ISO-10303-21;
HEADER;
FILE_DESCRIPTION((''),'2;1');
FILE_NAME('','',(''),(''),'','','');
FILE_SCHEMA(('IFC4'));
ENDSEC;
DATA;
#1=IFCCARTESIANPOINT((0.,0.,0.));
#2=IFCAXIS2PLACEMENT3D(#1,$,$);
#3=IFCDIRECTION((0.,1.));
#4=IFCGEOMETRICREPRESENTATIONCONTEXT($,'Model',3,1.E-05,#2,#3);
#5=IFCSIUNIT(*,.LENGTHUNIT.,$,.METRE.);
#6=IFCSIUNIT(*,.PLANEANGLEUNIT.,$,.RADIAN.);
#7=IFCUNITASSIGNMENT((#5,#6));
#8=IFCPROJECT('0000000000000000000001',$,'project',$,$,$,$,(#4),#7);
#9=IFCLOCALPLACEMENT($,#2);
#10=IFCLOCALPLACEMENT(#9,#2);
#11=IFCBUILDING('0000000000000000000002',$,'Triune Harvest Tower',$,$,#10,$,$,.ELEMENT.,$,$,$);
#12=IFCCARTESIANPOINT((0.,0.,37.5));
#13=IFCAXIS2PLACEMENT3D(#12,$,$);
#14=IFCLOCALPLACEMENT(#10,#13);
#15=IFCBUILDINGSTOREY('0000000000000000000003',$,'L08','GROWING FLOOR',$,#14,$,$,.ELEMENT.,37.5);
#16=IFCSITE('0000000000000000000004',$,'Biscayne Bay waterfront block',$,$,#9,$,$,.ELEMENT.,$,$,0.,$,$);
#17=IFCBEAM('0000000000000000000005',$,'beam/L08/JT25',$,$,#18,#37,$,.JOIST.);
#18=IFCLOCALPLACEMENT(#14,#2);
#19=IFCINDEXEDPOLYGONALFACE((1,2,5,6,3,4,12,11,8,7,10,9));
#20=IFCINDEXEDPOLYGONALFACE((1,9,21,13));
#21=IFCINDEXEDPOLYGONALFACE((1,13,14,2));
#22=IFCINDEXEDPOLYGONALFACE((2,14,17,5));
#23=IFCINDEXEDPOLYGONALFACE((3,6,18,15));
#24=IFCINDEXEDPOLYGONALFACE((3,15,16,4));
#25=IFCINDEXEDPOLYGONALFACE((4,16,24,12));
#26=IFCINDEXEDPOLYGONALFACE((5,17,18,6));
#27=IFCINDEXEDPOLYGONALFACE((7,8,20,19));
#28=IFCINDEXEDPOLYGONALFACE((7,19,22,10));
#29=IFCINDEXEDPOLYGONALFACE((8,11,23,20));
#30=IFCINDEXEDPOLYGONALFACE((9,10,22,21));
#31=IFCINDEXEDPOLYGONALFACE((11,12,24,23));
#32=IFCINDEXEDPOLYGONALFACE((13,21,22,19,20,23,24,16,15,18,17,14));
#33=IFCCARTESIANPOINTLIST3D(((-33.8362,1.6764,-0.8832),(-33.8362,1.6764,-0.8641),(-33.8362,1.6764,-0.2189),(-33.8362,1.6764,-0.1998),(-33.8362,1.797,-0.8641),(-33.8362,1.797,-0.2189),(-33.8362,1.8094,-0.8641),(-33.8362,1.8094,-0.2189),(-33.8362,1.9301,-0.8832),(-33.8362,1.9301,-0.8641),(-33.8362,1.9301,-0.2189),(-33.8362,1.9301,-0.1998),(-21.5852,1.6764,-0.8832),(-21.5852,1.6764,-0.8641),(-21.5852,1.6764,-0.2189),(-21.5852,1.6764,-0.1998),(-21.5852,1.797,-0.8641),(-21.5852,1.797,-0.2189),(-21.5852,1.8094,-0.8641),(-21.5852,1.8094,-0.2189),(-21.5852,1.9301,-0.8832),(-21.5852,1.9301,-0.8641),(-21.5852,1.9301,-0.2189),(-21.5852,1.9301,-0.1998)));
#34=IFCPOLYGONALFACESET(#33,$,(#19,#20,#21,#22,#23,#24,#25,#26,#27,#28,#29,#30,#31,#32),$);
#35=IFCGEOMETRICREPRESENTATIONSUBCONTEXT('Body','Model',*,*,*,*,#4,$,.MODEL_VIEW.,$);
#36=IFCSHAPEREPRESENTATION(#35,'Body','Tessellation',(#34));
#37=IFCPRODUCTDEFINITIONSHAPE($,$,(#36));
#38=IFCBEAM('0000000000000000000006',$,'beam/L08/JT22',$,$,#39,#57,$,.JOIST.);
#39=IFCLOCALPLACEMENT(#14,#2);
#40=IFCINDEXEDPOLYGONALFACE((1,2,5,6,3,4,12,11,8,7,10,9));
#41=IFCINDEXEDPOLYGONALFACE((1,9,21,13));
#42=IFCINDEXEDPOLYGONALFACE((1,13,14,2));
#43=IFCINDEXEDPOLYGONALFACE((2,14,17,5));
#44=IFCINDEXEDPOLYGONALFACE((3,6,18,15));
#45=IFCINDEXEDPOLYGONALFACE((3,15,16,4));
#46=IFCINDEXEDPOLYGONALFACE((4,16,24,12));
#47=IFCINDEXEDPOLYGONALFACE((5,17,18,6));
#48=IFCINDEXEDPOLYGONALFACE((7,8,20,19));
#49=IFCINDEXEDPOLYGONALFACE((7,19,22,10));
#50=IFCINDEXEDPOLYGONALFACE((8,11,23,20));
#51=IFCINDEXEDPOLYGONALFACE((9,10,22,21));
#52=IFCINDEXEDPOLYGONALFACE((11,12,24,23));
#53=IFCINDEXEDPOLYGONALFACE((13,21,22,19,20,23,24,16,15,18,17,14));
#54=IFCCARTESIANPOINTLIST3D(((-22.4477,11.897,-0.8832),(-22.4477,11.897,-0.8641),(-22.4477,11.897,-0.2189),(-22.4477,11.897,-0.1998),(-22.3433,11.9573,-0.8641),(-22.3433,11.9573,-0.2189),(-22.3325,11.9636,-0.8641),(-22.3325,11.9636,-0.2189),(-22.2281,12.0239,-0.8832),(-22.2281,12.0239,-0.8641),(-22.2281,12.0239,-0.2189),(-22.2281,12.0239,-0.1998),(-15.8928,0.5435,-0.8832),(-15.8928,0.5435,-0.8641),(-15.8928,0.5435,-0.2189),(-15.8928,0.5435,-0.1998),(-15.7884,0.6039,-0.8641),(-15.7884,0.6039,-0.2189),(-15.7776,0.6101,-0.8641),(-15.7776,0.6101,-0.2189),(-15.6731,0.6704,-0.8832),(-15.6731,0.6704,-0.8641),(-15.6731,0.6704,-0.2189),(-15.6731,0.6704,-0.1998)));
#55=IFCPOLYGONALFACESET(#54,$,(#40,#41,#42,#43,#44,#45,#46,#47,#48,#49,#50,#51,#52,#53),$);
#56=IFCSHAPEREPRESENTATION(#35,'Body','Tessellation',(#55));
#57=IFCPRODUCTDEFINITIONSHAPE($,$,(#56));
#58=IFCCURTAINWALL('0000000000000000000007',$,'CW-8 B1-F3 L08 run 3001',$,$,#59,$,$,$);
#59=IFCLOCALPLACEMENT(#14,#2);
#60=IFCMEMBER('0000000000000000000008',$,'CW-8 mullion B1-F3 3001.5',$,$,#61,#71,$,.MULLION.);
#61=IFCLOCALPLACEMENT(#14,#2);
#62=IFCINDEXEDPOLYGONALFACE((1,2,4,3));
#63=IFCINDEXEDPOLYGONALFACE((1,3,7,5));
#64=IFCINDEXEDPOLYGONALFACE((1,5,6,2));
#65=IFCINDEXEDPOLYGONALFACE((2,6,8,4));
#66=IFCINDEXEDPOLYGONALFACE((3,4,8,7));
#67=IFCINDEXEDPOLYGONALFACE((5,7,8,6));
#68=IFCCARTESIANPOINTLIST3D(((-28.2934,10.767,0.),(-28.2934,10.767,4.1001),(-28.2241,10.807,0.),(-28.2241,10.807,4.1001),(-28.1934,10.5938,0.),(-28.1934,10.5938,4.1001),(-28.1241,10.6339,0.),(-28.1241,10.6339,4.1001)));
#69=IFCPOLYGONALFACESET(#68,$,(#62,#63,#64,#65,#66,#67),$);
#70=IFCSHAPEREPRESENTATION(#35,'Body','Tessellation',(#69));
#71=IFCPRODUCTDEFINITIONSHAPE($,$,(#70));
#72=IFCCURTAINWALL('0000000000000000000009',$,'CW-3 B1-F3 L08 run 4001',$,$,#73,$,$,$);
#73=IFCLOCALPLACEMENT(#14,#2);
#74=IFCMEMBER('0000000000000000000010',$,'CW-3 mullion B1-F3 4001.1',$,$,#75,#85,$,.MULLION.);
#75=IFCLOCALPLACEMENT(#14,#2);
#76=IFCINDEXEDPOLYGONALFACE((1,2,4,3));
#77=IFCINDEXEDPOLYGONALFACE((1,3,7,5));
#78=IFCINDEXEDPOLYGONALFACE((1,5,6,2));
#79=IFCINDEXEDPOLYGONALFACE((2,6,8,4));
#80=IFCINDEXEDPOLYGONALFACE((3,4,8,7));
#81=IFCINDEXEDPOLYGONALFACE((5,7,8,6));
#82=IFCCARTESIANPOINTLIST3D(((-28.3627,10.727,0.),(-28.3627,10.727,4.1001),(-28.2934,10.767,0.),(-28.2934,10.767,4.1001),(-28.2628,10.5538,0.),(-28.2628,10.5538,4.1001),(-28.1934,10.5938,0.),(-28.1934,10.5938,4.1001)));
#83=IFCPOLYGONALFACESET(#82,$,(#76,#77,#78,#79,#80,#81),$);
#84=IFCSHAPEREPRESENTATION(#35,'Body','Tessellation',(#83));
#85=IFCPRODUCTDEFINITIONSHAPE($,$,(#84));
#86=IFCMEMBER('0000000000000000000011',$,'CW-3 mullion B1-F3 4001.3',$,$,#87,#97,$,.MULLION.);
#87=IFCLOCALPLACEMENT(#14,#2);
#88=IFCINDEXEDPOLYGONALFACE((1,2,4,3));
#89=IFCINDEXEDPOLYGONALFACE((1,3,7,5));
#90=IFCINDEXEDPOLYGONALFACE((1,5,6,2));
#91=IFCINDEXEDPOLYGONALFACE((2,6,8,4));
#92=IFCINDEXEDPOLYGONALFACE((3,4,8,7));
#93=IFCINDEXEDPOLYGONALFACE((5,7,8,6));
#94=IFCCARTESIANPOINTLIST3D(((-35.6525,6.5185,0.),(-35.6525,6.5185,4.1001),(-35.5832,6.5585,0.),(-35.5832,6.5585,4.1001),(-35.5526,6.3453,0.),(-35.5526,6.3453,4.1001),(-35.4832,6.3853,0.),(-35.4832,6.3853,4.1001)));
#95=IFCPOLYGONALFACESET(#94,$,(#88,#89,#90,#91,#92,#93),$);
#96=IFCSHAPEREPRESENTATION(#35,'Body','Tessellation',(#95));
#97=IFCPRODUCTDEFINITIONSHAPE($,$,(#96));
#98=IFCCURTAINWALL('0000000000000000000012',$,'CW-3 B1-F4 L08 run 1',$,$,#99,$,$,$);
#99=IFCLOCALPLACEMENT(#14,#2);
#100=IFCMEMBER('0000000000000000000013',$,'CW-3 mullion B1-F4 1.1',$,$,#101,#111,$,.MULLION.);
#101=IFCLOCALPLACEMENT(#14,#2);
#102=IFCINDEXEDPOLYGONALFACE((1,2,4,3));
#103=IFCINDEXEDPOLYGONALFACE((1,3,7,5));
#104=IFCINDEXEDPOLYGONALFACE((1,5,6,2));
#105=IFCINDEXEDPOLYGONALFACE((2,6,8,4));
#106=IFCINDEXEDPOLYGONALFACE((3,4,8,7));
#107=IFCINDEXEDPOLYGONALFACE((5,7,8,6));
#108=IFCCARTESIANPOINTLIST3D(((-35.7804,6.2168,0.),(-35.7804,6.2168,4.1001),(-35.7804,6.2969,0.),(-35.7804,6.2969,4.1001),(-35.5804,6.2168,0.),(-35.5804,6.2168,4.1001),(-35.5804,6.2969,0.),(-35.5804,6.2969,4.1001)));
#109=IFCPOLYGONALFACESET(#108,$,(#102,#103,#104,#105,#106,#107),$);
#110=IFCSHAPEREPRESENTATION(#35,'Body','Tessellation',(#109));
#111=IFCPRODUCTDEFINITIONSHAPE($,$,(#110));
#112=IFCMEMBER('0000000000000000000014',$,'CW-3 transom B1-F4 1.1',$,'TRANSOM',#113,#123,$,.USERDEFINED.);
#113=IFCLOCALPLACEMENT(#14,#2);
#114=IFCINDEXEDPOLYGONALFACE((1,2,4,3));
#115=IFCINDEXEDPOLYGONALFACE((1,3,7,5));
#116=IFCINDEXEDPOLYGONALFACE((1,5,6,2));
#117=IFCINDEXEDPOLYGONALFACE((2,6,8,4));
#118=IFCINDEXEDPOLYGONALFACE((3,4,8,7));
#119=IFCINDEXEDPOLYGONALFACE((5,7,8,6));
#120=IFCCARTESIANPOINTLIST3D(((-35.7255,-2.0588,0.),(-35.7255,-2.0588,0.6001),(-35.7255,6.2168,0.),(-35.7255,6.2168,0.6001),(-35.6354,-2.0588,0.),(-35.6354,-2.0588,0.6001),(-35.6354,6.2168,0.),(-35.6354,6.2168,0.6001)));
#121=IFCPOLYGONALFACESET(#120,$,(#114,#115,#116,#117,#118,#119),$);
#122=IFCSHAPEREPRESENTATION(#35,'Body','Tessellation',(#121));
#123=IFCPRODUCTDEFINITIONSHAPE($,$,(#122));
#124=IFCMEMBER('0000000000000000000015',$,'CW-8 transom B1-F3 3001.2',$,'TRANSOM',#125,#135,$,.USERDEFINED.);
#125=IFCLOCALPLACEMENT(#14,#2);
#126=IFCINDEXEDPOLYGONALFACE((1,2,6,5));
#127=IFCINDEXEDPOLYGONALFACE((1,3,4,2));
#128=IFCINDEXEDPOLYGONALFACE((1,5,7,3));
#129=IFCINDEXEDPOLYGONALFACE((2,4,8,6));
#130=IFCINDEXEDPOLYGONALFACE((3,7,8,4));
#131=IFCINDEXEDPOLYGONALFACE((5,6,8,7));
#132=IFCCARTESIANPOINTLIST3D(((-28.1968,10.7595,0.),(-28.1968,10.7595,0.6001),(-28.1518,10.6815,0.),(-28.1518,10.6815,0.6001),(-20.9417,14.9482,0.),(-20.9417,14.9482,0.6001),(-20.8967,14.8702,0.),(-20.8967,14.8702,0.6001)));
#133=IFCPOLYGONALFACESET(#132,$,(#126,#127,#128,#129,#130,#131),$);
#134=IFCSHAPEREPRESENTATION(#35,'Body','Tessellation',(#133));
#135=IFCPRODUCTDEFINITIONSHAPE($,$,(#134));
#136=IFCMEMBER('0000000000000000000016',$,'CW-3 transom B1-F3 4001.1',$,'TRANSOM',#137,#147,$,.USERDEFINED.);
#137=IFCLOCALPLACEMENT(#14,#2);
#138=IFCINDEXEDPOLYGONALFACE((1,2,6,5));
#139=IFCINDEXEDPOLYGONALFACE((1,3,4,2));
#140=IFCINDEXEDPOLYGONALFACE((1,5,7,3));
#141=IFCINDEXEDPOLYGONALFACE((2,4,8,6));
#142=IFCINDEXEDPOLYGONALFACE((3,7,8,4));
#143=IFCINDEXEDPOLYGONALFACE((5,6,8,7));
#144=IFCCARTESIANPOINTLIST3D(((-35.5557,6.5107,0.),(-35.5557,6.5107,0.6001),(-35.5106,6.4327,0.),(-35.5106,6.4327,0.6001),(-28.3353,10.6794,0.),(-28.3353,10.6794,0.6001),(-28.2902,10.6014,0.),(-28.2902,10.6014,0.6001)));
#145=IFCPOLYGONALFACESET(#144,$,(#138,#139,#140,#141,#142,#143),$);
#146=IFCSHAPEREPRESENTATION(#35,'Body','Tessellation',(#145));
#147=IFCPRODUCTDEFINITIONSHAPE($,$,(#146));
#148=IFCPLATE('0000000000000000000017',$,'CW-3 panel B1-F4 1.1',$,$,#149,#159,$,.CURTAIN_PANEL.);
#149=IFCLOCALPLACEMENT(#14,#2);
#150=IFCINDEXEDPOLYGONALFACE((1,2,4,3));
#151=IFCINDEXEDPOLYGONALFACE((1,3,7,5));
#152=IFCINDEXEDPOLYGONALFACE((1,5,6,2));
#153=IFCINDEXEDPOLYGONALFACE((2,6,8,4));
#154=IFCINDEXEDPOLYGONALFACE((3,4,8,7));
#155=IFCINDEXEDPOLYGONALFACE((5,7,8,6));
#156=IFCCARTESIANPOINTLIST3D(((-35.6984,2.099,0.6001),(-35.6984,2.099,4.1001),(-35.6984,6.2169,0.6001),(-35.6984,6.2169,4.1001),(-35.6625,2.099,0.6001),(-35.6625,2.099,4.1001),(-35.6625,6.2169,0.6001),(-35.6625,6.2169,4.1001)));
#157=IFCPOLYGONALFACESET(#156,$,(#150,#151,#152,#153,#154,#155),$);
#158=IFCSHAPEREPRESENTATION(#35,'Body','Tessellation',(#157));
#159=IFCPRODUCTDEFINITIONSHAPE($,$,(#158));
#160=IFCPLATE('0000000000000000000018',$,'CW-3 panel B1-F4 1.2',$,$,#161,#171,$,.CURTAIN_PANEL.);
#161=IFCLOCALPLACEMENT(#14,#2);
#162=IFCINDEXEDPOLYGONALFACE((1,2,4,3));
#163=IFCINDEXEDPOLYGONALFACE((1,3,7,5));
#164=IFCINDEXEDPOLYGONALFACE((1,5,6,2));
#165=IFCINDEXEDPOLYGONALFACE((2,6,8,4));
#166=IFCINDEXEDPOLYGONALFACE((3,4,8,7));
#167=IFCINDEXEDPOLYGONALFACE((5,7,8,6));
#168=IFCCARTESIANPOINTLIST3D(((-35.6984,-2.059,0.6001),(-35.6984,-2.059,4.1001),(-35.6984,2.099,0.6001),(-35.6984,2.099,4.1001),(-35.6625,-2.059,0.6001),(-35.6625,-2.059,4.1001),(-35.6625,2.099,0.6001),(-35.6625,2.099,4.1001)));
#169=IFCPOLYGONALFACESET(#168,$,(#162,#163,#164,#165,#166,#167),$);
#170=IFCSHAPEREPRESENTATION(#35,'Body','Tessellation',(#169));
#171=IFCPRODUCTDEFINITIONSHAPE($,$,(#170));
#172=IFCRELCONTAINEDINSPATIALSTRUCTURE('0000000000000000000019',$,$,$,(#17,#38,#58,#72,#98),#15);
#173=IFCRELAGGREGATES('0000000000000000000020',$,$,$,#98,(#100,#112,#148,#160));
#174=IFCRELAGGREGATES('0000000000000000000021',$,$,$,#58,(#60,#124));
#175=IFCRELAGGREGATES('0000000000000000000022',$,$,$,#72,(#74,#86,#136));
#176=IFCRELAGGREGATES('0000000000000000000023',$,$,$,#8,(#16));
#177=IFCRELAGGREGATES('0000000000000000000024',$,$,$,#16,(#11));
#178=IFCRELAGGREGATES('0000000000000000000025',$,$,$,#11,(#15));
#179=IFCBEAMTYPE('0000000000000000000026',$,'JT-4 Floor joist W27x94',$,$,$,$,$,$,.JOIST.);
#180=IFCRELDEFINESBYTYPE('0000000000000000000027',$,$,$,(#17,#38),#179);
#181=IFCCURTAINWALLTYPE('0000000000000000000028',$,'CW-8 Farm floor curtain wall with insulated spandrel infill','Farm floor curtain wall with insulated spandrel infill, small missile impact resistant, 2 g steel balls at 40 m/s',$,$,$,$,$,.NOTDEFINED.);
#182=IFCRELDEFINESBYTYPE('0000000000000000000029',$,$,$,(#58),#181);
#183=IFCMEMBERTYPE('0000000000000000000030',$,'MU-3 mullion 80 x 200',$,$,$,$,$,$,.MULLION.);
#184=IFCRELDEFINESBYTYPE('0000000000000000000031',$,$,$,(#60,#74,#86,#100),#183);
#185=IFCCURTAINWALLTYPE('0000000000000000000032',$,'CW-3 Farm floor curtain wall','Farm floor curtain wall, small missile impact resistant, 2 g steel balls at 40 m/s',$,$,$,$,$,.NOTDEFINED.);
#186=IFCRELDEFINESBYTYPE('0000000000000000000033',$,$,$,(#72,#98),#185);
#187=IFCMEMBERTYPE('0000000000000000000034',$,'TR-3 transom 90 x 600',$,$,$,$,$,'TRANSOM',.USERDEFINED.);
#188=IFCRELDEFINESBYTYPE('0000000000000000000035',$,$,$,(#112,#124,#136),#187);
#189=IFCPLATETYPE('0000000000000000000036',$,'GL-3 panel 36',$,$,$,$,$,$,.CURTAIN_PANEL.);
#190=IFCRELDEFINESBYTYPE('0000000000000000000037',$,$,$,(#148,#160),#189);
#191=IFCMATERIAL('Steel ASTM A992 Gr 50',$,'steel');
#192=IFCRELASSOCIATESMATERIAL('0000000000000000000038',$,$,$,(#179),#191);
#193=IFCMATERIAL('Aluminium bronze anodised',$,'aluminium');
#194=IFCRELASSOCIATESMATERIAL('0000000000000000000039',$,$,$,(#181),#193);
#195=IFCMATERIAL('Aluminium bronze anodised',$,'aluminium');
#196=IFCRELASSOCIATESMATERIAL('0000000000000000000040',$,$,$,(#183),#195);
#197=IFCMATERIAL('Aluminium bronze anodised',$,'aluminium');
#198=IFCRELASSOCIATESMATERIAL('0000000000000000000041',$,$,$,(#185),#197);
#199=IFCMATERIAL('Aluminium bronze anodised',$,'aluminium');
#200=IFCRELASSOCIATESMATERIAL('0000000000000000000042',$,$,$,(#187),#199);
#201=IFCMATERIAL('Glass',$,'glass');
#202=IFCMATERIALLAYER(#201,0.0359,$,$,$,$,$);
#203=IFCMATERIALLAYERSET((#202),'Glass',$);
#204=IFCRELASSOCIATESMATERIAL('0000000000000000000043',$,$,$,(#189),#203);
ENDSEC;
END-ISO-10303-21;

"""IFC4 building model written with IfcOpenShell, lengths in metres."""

from ifc_helpers import new_model, si_unit, direction, frame, origin, origin_2d, place, context, subcontext, project, spatial, rectangle, i_section, extrude, source, transform, mapped, material, layer, layer_set, material_profile, profile_set, type_object, element, aggregate, save


model = new_model("IFC4")

# Units and contexts
model_context = context("Model", 3, precision=1e-05, world=origin(), true_north=direction((0.0, 1.0)))
body_context = subcontext(model_context, "Body", "Model", "MODEL_VIEW")
ifc_project = project(units=[si_unit("LENGTHUNIT", "METRE"), si_unit("PLANEANGLEUNIT", "RADIAN")], contexts=[model_context])

# Site, building, storey
site_placement = place(None, origin())
site = spatial("IfcSite", under=ifc_project, at=site_placement, Name="Biscayne Bay waterfront block", CompositionType="ELEMENT", RefElevation=0.0)
building_placement = place(site_placement, origin())
building = spatial("IfcBuilding", under=site, at=building_placement, Name="Triune Harvest Tower", CompositionType="ELEMENT")
storey_placement = place(building_placement, frame((0.0, 0.0, 37.5)))
storey = spatial("IfcBuildingStorey", under=building, at=storey_placement, Name="L08", Description="GROWING FLOOR", CompositionType="ELEMENT", Elevation=37.5)

# Beams
ifc_material_1 = material(Name="Steel ASTM A992 Gr 50", Category="steel")
ifc_material_profile_1 = material_profile(ifc_material_1, i_section(OverallWidth=0.2537, OverallDepth=0.6833, WebThickness=0.0125, FlangeThickness=0.019, at=origin_2d()), Name="W27x94")
ifc_profile_set_1 = profile_set([ifc_material_profile_1], Name="Steel ASTM A992 Gr 50")
beam_type_1 = type_object("IfcBeamType", Name="JT-4 Floor joist W27x94", PredefinedType="JOIST", material=ifc_profile_set_1)
shared_shape_1 = source(origin(), body_context, "Body", "SweptSolid", [
    extrude(i_section(OverallWidth=0.2537, OverallDepth=0.6833, WebThickness=0.0125, FlangeThickness=0.019, at=origin_2d()), origin(), (0.0, 0.0, 1.0), 12.251),
])
beam_1_placement = place(storey_placement, frame((-33.8362, 1.8032, -0.5415), z_axis=(1.0, 0.0, 0.0), x_axis=(0.0, 1.0, 0.0)))
element("IfcBeam", 1, at=beam_1_placement, inside=storey, type_object=beam_type_1, Name="beam/L08/JT25", PredefinedType="JOIST", context=body_context, shape_type="MappedRepresentation", body=[
    mapped(shared_shape_1, transform((0.0, 0.0, 0.0), scale=1.0)),
])
shared_shape_2 = source(origin(), body_context, "Body", "SweptSolid", [
    extrude(i_section(OverallWidth=0.2537, OverallDepth=0.6833, WebThickness=0.0125, FlangeThickness=0.019, at=origin_2d()), origin(), (0.0, 0.0, 1.0), 13.1099),
])
beam_2_placement = place(storey_placement, frame((-22.3379, 11.9604, -0.5415), z_axis=(0.499999, -0.866026, 0.0), x_axis=(0.866026, 0.499999, 0.0)))
element("IfcBeam", 2, at=beam_2_placement, inside=storey, type_object=beam_type_1, Name="beam/L08/JT22", PredefinedType="JOIST", context=body_context, shape_type="MappedRepresentation", body=[
    mapped(shared_shape_2, transform((0.0, 0.0, 0.0), scale=1.0)),
])

# Curtain wall, member
ifc_material_2 = material(Name="Aluminium bronze anodised", Category="aluminium")
curtain_wall_type_1 = type_object("IfcCurtainWallType", Name="CW-8 Farm floor curtain wall with insulated spandrel infill", Description="Farm floor curtain wall with insulated spandrel infill, small missile impact resistant, 2 g steel balls at 40 m/s", PredefinedType="NOTDEFINED", material=ifc_material_2)
curtain_wall_1_placement = place(storey_placement, origin())
curtain_wall_1 = element("IfcCurtainWall", 3, at=curtain_wall_1_placement, inside=storey, type_object=curtain_wall_type_1, Name="CW-8 B1-F3 L08 run 3001")
ifc_material_3 = material(Name="Aluminium bronze anodised", Category="aluminium")
ifc_material_profile_2 = material_profile(ifc_material_3, rectangle(XDim=0.2, YDim=0.0801, at=origin_2d()), Name="MU-3 mullion 80 x 200")
ifc_profile_set_2 = profile_set([ifc_material_profile_2], Name="Aluminium bronze anodised")
member_type_1 = type_object("IfcMemberType", Name="MU-3 mullion 80 x 200", PredefinedType="MULLION", material=ifc_profile_set_2)
shared_shape_3 = source(origin(), body_context, "Body", "SweptSolid", [
    extrude(rectangle(XDim=0.2, YDim=0.0801, at=origin_2d()), origin(), (0.0, 0.0, 1.0), 4.1001),
])
member_1_placement = place(storey_placement, frame((-28.2087, 10.7004, 0.0), z_axis=(0.0, 0.0, 1.0), x_axis=(0.500003, -0.866024, 0.0)))
member_1 = element("IfcMember", 4, at=member_1_placement, type_object=member_type_1, Name="CW-8 mullion B1-F3 3001.5", PredefinedType="MULLION", context=body_context, shape_type="MappedRepresentation", body=[
    mapped(shared_shape_3, transform((0.0, 0.0, 0.0), scale=1.0)),
])

# Curtain walls, members
ifc_material_4 = material(Name="Aluminium bronze anodised", Category="aluminium")
curtain_wall_type_2 = type_object("IfcCurtainWallType", Name="CW-3 Farm floor curtain wall", Description="Farm floor curtain wall, small missile impact resistant, 2 g steel balls at 40 m/s", PredefinedType="NOTDEFINED", material=ifc_material_4)
curtain_wall_2_placement = place(storey_placement, origin())
curtain_wall_2 = element("IfcCurtainWall", 5, at=curtain_wall_2_placement, inside=storey, type_object=curtain_wall_type_2, Name="CW-3 B1-F3 L08 run 4001")
member_2_placement = place(storey_placement, frame((-28.2781, 10.6604, 0.0), z_axis=(0.0, 0.0, 1.0), x_axis=(0.499995, -0.866028, 0.0)))
member_2 = element("IfcMember", 6, at=member_2_placement, type_object=member_type_1, Name="CW-3 mullion B1-F3 4001.1", PredefinedType="MULLION", context=body_context, shape_type="MappedRepresentation", body=[
    mapped(shared_shape_3, transform((0.0, 0.0, 0.0), scale=1.0)),
])
member_3_placement = place(storey_placement, frame((-35.5679, 6.4519, 0.0), z_axis=(0.0, 0.0, 1.0), x_axis=(0.499995, -0.866028, 0.0)))
member_3 = element("IfcMember", 7, at=member_3_placement, type_object=member_type_1, Name="CW-3 mullion B1-F3 4001.3", PredefinedType="MULLION", context=body_context, shape_type="MappedRepresentation", body=[
    mapped(shared_shape_3, transform((0.0, 0.0, 0.0), scale=1.0)),
])
curtain_wall_3_placement = place(storey_placement, origin())
curtain_wall_3 = element("IfcCurtainWall", 8, at=curtain_wall_3_placement, inside=storey, type_object=curtain_wall_type_2, Name="CW-3 B1-F4 L08 run 1")
member_4_placement = place(storey_placement, frame((-35.6804, 6.2568, 0.0), z_axis=(0.0, 0.0, 1.0), x_axis=(1.0, 0.0, 0.0)))
member_4 = element("IfcMember", 9, at=member_4_placement, type_object=member_type_1, Name="CW-3 mullion B1-F4 1.1", PredefinedType="MULLION", context=body_context, shape_type="MappedRepresentation", body=[
    mapped(shared_shape_3, transform((0.0, 0.0, 0.0), scale=1.0)),
])
ifc_material_5 = material(Name="Aluminium bronze anodised", Category="aluminium")
ifc_material_profile_3 = material_profile(ifc_material_5, rectangle(XDim=0.0901, YDim=0.6001, at=origin_2d()), Name="TR-3 transom 90 x 600")
ifc_profile_set_3 = profile_set([ifc_material_profile_3], Name="Aluminium bronze anodised")
member_type_2 = type_object("IfcMemberType", Name="TR-3 transom 90 x 600", ElementType="TRANSOM", PredefinedType="USERDEFINED", material=ifc_profile_set_3)
shared_shape_4 = source(origin(), body_context, "Body", "SweptSolid", [
    extrude(rectangle(XDim=0.0901, YDim=0.6001, at=origin_2d()), origin(), (0.0, 0.0, 1.0), 8.2756),
])
member_5_placement = place(storey_placement, frame((-35.6804, 6.2168, 0.3), z_axis=(0.0, -1.0, 0.0), x_axis=(1.0, 0.0, 0.0)))
member_5 = element("IfcMember", 10, at=member_5_placement, type_object=member_type_2, Name="CW-3 transom B1-F4 1.1", ObjectType="TRANSOM", PredefinedType="USERDEFINED", context=body_context, shape_type="MappedRepresentation", body=[
    mapped(shared_shape_4, transform((0.0, 0.0, 0.0), scale=1.0)),
])

# Members
shared_shape_5 = source(origin(), body_context, "Body", "SweptSolid", [
    extrude(rectangle(XDim=0.0901, YDim=0.6001, at=origin_2d()), origin(), (0.0, 0.0, 1.0), 8.3774),
])
member_6_placement = place(storey_placement, frame((-20.9192, 14.9092, 0.3), z_axis=(-0.866027, -0.499997, 0.0), x_axis=(0.499997, -0.866027, 0.0)))
member_6 = element("IfcMember", 11, at=member_6_placement, type_object=member_type_2, Name="CW-8 transom B1-F3 3001.2", ObjectType="TRANSOM", PredefinedType="USERDEFINED", context=body_context, shape_type="MappedRepresentation", body=[
    mapped(shared_shape_5, transform((0.0, 0.0, 0.0), scale=1.0)),
])
shared_shape_6 = source(origin(), body_context, "Body", "SweptSolid", [
    extrude(rectangle(XDim=0.0901, YDim=0.6001, at=origin_2d()), origin(), (0.0, 0.0, 1.0), 8.3374),
])
member_7_placement = place(storey_placement, frame((-28.3127, 10.6404, 0.3), z_axis=(-0.866027, -0.499997, 0.0), x_axis=(0.499997, -0.866027, 0.0)))
member_7 = element("IfcMember", 12, at=member_7_placement, type_object=member_type_2, Name="CW-3 transom B1-F3 4001.1", ObjectType="TRANSOM", PredefinedType="USERDEFINED", context=body_context, shape_type="MappedRepresentation", body=[
    mapped(shared_shape_6, transform((0.0, 0.0, 0.0), scale=1.0)),
])

# Plates
ifc_material_6 = material(Name="Glass", Category="glass")
ifc_layer_1 = layer(ifc_material_6, 0.0359)
ifc_layer_set_1 = layer_set([ifc_layer_1], Name="Glass")
plate_type_1 = type_object("IfcPlateType", Name="GL-3 panel 36", PredefinedType="CURTAIN_PANEL", material=ifc_layer_set_1)
shared_shape_7 = source(origin(), body_context, "Body", "SweptSolid", [
    extrude(rectangle(XDim=4.1179, YDim=0.0359, at=origin_2d()), origin(), (0.0, 0.0, 1.0), 3.5),
])
plate_1_placement = place(storey_placement, frame((-35.6804, 4.158, 0.6001), z_axis=(0.0, 0.0, 1.0), x_axis=(0.0, -1.0, 0.0)))
plate_1 = element("IfcPlate", 13, at=plate_1_placement, type_object=plate_type_1, Name="CW-3 panel B1-F4 1.1", PredefinedType="CURTAIN_PANEL", context=body_context, shape_type="MappedRepresentation", body=[
    mapped(shared_shape_7, transform((0.0, 0.0, 0.0), scale=1.0)),
])
shared_shape_8 = source(origin(), body_context, "Body", "SweptSolid", [
    extrude(rectangle(XDim=4.158, YDim=0.0359, at=origin_2d()), origin(), (0.0, 0.0, 1.0), 3.5),
])
plate_2_placement = place(storey_placement, frame((-35.6804, 0.02, 0.6001), z_axis=(0.0, 0.0, 1.0), x_axis=(0.0, -1.0, 0.0)))
plate_2 = element("IfcPlate", 14, at=plate_2_placement, type_object=plate_type_1, Name="CW-3 panel B1-F4 1.2", PredefinedType="CURTAIN_PANEL", context=body_context, shape_type="MappedRepresentation", body=[
    mapped(shared_shape_8, transform((0.0, 0.0, 0.0), scale=1.0)),
])
aggregate(curtain_wall_3, [member_4, member_5, plate_1, plate_2])
aggregate(curtain_wall_1, [member_1, member_6])
aggregate(curtain_wall_2, [member_2, member_3, member_7])

save(model, "model.ifc")
